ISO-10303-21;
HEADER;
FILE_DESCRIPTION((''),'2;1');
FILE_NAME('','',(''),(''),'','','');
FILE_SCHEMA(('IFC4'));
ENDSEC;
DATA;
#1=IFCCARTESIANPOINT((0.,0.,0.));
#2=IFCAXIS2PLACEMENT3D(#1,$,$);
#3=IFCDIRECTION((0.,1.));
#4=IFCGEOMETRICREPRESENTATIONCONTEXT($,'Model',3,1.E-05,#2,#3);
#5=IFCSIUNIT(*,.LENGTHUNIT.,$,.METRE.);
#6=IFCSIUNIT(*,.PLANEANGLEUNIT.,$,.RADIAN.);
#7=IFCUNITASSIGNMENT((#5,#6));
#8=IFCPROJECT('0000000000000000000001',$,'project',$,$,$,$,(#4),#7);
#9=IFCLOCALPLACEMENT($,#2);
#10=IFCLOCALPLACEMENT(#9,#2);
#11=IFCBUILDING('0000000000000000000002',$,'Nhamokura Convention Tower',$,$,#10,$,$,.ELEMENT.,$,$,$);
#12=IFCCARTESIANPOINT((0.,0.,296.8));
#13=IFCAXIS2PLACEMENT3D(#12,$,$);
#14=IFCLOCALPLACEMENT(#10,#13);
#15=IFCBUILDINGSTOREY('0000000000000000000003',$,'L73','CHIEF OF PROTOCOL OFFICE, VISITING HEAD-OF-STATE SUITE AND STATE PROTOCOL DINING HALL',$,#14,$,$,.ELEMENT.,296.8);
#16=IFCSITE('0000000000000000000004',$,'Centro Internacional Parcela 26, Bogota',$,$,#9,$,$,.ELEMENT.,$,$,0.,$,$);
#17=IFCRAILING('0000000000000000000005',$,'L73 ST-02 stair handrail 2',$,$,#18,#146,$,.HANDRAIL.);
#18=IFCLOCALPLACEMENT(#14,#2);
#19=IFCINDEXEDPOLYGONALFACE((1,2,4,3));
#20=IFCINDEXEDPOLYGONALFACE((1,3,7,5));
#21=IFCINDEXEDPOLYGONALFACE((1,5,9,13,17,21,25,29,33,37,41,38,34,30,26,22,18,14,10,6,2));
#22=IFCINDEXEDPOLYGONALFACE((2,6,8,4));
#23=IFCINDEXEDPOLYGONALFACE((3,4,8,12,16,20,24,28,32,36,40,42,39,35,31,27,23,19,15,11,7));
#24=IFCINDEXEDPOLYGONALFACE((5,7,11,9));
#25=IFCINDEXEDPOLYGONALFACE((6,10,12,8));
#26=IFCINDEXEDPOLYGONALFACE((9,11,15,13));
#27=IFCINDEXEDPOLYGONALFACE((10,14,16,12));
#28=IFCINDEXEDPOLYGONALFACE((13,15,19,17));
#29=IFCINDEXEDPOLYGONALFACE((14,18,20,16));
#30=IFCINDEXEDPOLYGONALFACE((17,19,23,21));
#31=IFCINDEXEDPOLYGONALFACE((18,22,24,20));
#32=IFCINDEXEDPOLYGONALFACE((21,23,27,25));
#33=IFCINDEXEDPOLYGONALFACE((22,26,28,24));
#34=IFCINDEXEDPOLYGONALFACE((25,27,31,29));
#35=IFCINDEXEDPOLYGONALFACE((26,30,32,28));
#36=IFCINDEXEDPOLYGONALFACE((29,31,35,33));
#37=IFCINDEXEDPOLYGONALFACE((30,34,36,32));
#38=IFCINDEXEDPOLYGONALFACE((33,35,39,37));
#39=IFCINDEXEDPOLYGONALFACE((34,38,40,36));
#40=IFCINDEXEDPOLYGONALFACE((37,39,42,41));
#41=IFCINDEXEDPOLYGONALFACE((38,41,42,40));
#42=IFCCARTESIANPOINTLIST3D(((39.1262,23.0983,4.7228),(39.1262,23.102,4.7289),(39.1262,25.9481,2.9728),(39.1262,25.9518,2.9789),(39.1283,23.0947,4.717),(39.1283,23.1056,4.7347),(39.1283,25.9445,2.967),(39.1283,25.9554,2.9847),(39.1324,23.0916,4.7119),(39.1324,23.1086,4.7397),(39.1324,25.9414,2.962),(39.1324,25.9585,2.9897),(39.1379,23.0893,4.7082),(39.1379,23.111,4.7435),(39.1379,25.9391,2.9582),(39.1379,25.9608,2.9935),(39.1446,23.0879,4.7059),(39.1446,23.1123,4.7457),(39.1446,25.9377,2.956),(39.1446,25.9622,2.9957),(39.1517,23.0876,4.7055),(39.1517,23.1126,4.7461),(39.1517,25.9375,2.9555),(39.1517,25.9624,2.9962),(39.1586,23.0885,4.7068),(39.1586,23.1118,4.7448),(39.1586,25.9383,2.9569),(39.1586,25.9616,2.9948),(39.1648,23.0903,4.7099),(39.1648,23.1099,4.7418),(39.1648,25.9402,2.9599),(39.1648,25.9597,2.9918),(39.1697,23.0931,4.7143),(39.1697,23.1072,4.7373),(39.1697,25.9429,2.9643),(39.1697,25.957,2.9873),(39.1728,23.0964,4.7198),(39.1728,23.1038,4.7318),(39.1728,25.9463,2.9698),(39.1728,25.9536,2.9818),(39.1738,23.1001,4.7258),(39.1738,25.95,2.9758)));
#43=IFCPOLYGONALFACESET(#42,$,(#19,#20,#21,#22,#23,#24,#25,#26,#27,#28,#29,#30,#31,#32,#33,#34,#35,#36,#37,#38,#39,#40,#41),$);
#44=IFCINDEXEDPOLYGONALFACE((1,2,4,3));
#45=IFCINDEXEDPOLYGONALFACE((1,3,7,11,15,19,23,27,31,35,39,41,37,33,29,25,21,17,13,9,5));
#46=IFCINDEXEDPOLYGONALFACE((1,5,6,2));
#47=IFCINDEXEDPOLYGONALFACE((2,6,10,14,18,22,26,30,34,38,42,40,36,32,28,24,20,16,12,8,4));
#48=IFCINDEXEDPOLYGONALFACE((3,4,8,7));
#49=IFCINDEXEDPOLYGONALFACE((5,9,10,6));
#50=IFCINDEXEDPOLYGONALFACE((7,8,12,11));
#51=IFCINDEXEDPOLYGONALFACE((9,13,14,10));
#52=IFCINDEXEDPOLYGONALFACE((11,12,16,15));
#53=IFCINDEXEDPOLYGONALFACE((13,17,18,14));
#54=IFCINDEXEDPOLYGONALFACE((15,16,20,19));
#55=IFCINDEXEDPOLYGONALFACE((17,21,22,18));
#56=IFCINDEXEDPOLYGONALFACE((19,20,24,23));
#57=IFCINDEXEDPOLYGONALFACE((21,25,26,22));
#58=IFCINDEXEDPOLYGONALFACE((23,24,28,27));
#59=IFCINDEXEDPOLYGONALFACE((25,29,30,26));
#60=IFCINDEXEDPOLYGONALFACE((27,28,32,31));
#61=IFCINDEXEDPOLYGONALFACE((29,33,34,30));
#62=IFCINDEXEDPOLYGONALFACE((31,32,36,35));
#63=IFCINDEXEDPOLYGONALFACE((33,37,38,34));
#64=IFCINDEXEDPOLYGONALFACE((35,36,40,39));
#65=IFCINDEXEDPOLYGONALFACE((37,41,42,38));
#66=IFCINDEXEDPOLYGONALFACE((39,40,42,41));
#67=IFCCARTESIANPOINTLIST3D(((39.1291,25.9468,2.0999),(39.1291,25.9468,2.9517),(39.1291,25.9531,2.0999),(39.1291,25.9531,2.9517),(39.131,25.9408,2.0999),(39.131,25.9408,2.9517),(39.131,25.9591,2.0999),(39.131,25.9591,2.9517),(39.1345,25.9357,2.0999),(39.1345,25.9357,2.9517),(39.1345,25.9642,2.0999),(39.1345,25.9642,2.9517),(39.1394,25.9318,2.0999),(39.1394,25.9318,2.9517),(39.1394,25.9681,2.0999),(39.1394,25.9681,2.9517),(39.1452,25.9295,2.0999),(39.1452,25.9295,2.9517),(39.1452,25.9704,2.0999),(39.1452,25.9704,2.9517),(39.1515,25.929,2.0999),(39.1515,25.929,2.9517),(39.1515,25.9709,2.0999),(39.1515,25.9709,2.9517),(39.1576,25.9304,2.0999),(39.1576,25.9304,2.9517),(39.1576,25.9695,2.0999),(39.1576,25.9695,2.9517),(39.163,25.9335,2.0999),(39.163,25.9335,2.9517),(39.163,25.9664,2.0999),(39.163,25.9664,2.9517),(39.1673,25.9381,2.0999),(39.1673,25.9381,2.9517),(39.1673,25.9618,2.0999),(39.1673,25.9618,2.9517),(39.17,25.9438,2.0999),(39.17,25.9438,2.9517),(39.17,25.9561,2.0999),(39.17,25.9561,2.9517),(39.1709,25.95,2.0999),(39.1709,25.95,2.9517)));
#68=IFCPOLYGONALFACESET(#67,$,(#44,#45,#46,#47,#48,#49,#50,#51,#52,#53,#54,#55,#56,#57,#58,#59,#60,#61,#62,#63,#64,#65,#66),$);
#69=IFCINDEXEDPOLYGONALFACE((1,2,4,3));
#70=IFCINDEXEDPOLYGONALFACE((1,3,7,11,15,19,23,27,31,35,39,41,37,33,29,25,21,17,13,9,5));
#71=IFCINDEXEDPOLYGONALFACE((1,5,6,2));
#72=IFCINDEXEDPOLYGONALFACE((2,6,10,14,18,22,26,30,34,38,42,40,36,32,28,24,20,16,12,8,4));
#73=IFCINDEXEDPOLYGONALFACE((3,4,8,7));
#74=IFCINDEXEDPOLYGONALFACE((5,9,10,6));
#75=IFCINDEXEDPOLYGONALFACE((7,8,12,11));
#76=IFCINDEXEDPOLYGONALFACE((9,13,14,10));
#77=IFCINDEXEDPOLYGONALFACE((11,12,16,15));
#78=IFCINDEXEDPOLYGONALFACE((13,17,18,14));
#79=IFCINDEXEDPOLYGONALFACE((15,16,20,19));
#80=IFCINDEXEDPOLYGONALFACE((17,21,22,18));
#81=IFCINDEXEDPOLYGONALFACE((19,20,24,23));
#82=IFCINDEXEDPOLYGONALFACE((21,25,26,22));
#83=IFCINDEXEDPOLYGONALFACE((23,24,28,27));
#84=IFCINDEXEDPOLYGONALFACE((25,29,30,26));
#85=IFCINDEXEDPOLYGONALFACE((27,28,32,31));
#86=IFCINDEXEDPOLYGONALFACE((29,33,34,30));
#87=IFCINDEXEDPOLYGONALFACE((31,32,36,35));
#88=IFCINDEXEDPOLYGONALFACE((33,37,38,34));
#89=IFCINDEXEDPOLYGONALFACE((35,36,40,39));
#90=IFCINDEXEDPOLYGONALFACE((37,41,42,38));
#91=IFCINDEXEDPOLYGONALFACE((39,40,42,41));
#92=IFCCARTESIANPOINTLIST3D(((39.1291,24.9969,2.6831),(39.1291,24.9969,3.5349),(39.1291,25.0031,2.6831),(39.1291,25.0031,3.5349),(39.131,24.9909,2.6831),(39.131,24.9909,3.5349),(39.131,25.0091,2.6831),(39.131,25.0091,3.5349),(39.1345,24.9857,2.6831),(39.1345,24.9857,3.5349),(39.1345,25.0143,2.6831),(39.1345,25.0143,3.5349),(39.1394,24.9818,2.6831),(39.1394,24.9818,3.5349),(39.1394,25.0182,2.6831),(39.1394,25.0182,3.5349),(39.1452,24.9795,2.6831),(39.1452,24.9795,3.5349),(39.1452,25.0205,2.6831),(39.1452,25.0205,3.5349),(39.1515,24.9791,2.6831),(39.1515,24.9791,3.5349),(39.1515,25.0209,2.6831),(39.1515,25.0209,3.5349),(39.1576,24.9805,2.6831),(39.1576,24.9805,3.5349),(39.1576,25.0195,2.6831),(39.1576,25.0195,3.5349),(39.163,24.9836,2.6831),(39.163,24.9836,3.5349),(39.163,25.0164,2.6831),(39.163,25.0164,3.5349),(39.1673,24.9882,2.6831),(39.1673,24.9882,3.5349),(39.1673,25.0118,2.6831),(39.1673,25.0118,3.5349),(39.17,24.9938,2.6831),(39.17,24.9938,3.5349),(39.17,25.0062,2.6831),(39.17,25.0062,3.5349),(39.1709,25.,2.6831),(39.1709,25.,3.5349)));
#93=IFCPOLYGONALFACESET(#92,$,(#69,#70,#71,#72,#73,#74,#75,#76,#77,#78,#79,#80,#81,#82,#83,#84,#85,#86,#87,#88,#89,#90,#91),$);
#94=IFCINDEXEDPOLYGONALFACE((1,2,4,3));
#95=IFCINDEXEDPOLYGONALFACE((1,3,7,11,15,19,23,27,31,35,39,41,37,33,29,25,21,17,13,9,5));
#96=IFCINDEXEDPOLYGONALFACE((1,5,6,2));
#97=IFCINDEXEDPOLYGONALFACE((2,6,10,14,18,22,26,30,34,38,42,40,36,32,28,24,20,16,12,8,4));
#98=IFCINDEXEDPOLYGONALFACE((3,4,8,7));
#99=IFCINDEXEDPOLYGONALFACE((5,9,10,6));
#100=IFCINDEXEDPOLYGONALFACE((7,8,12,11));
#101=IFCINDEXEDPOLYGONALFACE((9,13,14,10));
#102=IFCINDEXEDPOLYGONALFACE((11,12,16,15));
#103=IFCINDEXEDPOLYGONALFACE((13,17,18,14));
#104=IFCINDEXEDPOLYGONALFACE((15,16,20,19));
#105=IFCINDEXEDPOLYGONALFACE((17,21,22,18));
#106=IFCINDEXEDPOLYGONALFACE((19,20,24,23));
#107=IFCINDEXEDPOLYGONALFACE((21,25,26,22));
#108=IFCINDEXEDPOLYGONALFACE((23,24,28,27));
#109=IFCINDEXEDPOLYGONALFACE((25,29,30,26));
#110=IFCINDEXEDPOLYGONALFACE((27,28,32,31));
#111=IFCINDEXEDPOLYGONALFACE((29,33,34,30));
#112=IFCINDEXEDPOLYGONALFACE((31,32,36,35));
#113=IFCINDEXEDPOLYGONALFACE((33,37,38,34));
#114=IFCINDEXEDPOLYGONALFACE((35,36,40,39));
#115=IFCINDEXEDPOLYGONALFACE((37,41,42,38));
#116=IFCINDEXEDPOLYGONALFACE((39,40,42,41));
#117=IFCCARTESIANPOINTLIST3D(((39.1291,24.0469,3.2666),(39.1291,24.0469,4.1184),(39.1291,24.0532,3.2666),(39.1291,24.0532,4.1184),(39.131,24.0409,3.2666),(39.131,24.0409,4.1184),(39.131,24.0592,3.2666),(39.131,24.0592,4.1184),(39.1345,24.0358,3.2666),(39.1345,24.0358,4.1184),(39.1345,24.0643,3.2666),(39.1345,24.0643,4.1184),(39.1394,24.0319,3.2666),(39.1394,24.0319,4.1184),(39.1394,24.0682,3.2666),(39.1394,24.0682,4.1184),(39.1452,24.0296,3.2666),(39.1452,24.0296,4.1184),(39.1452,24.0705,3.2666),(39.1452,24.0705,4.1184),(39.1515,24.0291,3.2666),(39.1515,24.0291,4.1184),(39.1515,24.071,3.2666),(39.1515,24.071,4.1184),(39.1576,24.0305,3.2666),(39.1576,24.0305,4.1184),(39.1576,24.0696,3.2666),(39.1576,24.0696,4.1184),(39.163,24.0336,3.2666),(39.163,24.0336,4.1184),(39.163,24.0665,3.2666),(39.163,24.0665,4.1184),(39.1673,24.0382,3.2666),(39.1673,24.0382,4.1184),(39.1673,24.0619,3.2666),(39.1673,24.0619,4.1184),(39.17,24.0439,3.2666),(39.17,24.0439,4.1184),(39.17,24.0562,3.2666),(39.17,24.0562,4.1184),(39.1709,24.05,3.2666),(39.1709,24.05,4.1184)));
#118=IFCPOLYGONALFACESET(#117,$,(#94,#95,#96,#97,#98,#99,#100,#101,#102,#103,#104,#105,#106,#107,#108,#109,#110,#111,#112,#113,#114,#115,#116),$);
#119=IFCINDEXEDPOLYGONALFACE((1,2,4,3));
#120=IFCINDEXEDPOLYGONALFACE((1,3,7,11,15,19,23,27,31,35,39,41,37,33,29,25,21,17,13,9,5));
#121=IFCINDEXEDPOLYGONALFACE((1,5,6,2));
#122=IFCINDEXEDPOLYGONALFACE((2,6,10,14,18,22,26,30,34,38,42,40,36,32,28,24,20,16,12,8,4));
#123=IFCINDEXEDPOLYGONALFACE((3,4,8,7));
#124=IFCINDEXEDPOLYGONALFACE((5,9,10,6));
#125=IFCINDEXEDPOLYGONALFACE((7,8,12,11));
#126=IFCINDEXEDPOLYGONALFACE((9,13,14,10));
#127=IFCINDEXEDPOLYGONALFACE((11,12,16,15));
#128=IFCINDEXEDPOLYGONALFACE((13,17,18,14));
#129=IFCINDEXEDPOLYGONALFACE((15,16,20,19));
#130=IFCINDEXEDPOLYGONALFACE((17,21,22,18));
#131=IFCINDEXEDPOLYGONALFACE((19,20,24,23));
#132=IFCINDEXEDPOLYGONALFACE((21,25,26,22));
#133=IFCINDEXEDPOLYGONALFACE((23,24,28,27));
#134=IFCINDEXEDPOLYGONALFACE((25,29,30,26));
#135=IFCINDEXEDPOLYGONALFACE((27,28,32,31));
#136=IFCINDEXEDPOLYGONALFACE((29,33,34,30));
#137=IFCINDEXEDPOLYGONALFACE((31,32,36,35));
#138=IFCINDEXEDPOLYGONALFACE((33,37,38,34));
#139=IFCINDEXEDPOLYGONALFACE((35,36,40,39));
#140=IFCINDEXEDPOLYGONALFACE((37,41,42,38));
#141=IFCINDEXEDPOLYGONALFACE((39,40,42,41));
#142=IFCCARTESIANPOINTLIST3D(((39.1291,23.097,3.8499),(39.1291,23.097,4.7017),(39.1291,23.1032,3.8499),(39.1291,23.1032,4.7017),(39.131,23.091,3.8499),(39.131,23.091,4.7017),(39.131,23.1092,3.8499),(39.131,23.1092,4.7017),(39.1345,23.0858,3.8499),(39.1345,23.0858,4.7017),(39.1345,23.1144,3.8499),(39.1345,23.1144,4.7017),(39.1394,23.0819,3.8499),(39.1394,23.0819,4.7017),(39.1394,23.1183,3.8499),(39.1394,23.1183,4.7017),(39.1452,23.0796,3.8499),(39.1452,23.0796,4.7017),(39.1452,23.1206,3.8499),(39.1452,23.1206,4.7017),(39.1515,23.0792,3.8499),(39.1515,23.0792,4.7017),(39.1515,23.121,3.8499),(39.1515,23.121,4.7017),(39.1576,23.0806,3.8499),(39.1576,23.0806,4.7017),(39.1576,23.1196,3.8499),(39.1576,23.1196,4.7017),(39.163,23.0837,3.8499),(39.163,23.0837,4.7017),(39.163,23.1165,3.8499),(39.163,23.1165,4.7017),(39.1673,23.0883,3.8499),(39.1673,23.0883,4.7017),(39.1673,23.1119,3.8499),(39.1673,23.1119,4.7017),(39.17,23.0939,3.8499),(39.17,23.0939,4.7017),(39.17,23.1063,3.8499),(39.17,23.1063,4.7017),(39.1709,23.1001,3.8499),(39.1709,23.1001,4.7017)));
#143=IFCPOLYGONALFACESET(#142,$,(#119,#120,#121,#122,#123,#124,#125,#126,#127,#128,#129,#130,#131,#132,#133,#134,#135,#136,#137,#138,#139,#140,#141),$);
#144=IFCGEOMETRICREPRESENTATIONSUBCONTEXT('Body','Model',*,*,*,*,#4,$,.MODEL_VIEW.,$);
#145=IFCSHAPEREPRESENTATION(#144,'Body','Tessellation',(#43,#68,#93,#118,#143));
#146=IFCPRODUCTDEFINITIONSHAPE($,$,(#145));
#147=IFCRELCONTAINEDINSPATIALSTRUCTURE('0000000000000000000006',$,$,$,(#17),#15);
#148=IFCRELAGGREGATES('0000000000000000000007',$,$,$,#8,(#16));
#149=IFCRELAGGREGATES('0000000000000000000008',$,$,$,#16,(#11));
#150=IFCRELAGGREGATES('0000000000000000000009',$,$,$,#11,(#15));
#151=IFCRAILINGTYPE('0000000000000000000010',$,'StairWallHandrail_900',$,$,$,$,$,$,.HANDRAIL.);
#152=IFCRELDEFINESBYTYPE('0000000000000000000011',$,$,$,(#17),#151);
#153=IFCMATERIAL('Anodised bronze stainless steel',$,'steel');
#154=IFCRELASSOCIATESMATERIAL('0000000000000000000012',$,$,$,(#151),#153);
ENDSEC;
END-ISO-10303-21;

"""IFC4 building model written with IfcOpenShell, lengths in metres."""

from ifc_helpers import new_model, si_unit, direction, frame, origin, origin_2d, place, context, subcontext, project, spatial, circle, extrude, material, type_object, element, save


model = new_model("IFC4")

# Units and contexts
model_context = context("Model", 3, precision=1e-05, world=origin(), true_north=direction((0.0, 1.0)))
body_context = subcontext(model_context, "Body", "Model", "MODEL_VIEW")
ifc_project = project(units=[si_unit("LENGTHUNIT", "METRE"), si_unit("PLANEANGLEUNIT", "RADIAN")], contexts=[model_context])

# Site, building, storey
site_placement = place(None, origin())
site = spatial("IfcSite", under=ifc_project, at=site_placement, Name="Centro Internacional Parcela 26, Bogota", CompositionType="ELEMENT", RefElevation=0.0)
building_placement = place(site_placement, origin())
building = spatial("IfcBuilding", under=site, at=building_placement, Name="Nhamokura Convention Tower", CompositionType="ELEMENT")
storey_placement = place(building_placement, frame((0.0, 0.0, 296.8)))
storey = spatial("IfcBuildingStorey", under=building, at=storey_placement, Name="L73", Description="CHIEF OF PROTOCOL OFFICE, VISITING HEAD-OF-STATE SUITE AND STATE PROTOCOL DINING HALL", CompositionType="ELEMENT", Elevation=296.8)

# Railing
ifc_material_1 = material(Name="Anodised bronze stainless steel", Category="steel")
railing_type_1 = type_object("IfcRailingType", Name="StairWallHandrail_900", PredefinedType="HANDRAIL", material=ifc_material_1)
railing_1_placement = place(storey_placement, frame((39.1499, 25.95, 2.0999)))
element("IfcRailing", 1, at=railing_1_placement, inside=storey, type_object=railing_type_1, Name="L73 ST-02 stair handrail 2", PredefinedType="HANDRAIL", context=body_context, shape_type="SweptSolid", body=[
    extrude(circle(Radius=0.0239, at=origin_2d()), frame((0.0, 0.0, 0.876), z_axis=(0.0, -0.852159, 0.523283), x_axis=(1.0, 0.0, 0.0)), (0.0, 0.0, 1.0), 3.3442),
    extrude(circle(Radius=0.021, at=origin_2d()), origin(), (0.0, 0.0, 1.0), 0.8518),
    extrude(circle(Radius=0.021, at=origin_2d()), frame((0.0, -0.95, 0.5833)), (0.0, 0.0, 1.0), 0.8518),
    extrude(circle(Radius=0.021, at=origin_2d()), frame((0.0, -1.8999, 1.1667)), (0.0, 0.0, 1.0), 0.8518),
    extrude(circle(Radius=0.021, at=origin_2d()), frame((0.0, -2.8499, 1.75)), (0.0, 0.0, 1.0), 0.8518),
])

save(model, "model.ifc")
